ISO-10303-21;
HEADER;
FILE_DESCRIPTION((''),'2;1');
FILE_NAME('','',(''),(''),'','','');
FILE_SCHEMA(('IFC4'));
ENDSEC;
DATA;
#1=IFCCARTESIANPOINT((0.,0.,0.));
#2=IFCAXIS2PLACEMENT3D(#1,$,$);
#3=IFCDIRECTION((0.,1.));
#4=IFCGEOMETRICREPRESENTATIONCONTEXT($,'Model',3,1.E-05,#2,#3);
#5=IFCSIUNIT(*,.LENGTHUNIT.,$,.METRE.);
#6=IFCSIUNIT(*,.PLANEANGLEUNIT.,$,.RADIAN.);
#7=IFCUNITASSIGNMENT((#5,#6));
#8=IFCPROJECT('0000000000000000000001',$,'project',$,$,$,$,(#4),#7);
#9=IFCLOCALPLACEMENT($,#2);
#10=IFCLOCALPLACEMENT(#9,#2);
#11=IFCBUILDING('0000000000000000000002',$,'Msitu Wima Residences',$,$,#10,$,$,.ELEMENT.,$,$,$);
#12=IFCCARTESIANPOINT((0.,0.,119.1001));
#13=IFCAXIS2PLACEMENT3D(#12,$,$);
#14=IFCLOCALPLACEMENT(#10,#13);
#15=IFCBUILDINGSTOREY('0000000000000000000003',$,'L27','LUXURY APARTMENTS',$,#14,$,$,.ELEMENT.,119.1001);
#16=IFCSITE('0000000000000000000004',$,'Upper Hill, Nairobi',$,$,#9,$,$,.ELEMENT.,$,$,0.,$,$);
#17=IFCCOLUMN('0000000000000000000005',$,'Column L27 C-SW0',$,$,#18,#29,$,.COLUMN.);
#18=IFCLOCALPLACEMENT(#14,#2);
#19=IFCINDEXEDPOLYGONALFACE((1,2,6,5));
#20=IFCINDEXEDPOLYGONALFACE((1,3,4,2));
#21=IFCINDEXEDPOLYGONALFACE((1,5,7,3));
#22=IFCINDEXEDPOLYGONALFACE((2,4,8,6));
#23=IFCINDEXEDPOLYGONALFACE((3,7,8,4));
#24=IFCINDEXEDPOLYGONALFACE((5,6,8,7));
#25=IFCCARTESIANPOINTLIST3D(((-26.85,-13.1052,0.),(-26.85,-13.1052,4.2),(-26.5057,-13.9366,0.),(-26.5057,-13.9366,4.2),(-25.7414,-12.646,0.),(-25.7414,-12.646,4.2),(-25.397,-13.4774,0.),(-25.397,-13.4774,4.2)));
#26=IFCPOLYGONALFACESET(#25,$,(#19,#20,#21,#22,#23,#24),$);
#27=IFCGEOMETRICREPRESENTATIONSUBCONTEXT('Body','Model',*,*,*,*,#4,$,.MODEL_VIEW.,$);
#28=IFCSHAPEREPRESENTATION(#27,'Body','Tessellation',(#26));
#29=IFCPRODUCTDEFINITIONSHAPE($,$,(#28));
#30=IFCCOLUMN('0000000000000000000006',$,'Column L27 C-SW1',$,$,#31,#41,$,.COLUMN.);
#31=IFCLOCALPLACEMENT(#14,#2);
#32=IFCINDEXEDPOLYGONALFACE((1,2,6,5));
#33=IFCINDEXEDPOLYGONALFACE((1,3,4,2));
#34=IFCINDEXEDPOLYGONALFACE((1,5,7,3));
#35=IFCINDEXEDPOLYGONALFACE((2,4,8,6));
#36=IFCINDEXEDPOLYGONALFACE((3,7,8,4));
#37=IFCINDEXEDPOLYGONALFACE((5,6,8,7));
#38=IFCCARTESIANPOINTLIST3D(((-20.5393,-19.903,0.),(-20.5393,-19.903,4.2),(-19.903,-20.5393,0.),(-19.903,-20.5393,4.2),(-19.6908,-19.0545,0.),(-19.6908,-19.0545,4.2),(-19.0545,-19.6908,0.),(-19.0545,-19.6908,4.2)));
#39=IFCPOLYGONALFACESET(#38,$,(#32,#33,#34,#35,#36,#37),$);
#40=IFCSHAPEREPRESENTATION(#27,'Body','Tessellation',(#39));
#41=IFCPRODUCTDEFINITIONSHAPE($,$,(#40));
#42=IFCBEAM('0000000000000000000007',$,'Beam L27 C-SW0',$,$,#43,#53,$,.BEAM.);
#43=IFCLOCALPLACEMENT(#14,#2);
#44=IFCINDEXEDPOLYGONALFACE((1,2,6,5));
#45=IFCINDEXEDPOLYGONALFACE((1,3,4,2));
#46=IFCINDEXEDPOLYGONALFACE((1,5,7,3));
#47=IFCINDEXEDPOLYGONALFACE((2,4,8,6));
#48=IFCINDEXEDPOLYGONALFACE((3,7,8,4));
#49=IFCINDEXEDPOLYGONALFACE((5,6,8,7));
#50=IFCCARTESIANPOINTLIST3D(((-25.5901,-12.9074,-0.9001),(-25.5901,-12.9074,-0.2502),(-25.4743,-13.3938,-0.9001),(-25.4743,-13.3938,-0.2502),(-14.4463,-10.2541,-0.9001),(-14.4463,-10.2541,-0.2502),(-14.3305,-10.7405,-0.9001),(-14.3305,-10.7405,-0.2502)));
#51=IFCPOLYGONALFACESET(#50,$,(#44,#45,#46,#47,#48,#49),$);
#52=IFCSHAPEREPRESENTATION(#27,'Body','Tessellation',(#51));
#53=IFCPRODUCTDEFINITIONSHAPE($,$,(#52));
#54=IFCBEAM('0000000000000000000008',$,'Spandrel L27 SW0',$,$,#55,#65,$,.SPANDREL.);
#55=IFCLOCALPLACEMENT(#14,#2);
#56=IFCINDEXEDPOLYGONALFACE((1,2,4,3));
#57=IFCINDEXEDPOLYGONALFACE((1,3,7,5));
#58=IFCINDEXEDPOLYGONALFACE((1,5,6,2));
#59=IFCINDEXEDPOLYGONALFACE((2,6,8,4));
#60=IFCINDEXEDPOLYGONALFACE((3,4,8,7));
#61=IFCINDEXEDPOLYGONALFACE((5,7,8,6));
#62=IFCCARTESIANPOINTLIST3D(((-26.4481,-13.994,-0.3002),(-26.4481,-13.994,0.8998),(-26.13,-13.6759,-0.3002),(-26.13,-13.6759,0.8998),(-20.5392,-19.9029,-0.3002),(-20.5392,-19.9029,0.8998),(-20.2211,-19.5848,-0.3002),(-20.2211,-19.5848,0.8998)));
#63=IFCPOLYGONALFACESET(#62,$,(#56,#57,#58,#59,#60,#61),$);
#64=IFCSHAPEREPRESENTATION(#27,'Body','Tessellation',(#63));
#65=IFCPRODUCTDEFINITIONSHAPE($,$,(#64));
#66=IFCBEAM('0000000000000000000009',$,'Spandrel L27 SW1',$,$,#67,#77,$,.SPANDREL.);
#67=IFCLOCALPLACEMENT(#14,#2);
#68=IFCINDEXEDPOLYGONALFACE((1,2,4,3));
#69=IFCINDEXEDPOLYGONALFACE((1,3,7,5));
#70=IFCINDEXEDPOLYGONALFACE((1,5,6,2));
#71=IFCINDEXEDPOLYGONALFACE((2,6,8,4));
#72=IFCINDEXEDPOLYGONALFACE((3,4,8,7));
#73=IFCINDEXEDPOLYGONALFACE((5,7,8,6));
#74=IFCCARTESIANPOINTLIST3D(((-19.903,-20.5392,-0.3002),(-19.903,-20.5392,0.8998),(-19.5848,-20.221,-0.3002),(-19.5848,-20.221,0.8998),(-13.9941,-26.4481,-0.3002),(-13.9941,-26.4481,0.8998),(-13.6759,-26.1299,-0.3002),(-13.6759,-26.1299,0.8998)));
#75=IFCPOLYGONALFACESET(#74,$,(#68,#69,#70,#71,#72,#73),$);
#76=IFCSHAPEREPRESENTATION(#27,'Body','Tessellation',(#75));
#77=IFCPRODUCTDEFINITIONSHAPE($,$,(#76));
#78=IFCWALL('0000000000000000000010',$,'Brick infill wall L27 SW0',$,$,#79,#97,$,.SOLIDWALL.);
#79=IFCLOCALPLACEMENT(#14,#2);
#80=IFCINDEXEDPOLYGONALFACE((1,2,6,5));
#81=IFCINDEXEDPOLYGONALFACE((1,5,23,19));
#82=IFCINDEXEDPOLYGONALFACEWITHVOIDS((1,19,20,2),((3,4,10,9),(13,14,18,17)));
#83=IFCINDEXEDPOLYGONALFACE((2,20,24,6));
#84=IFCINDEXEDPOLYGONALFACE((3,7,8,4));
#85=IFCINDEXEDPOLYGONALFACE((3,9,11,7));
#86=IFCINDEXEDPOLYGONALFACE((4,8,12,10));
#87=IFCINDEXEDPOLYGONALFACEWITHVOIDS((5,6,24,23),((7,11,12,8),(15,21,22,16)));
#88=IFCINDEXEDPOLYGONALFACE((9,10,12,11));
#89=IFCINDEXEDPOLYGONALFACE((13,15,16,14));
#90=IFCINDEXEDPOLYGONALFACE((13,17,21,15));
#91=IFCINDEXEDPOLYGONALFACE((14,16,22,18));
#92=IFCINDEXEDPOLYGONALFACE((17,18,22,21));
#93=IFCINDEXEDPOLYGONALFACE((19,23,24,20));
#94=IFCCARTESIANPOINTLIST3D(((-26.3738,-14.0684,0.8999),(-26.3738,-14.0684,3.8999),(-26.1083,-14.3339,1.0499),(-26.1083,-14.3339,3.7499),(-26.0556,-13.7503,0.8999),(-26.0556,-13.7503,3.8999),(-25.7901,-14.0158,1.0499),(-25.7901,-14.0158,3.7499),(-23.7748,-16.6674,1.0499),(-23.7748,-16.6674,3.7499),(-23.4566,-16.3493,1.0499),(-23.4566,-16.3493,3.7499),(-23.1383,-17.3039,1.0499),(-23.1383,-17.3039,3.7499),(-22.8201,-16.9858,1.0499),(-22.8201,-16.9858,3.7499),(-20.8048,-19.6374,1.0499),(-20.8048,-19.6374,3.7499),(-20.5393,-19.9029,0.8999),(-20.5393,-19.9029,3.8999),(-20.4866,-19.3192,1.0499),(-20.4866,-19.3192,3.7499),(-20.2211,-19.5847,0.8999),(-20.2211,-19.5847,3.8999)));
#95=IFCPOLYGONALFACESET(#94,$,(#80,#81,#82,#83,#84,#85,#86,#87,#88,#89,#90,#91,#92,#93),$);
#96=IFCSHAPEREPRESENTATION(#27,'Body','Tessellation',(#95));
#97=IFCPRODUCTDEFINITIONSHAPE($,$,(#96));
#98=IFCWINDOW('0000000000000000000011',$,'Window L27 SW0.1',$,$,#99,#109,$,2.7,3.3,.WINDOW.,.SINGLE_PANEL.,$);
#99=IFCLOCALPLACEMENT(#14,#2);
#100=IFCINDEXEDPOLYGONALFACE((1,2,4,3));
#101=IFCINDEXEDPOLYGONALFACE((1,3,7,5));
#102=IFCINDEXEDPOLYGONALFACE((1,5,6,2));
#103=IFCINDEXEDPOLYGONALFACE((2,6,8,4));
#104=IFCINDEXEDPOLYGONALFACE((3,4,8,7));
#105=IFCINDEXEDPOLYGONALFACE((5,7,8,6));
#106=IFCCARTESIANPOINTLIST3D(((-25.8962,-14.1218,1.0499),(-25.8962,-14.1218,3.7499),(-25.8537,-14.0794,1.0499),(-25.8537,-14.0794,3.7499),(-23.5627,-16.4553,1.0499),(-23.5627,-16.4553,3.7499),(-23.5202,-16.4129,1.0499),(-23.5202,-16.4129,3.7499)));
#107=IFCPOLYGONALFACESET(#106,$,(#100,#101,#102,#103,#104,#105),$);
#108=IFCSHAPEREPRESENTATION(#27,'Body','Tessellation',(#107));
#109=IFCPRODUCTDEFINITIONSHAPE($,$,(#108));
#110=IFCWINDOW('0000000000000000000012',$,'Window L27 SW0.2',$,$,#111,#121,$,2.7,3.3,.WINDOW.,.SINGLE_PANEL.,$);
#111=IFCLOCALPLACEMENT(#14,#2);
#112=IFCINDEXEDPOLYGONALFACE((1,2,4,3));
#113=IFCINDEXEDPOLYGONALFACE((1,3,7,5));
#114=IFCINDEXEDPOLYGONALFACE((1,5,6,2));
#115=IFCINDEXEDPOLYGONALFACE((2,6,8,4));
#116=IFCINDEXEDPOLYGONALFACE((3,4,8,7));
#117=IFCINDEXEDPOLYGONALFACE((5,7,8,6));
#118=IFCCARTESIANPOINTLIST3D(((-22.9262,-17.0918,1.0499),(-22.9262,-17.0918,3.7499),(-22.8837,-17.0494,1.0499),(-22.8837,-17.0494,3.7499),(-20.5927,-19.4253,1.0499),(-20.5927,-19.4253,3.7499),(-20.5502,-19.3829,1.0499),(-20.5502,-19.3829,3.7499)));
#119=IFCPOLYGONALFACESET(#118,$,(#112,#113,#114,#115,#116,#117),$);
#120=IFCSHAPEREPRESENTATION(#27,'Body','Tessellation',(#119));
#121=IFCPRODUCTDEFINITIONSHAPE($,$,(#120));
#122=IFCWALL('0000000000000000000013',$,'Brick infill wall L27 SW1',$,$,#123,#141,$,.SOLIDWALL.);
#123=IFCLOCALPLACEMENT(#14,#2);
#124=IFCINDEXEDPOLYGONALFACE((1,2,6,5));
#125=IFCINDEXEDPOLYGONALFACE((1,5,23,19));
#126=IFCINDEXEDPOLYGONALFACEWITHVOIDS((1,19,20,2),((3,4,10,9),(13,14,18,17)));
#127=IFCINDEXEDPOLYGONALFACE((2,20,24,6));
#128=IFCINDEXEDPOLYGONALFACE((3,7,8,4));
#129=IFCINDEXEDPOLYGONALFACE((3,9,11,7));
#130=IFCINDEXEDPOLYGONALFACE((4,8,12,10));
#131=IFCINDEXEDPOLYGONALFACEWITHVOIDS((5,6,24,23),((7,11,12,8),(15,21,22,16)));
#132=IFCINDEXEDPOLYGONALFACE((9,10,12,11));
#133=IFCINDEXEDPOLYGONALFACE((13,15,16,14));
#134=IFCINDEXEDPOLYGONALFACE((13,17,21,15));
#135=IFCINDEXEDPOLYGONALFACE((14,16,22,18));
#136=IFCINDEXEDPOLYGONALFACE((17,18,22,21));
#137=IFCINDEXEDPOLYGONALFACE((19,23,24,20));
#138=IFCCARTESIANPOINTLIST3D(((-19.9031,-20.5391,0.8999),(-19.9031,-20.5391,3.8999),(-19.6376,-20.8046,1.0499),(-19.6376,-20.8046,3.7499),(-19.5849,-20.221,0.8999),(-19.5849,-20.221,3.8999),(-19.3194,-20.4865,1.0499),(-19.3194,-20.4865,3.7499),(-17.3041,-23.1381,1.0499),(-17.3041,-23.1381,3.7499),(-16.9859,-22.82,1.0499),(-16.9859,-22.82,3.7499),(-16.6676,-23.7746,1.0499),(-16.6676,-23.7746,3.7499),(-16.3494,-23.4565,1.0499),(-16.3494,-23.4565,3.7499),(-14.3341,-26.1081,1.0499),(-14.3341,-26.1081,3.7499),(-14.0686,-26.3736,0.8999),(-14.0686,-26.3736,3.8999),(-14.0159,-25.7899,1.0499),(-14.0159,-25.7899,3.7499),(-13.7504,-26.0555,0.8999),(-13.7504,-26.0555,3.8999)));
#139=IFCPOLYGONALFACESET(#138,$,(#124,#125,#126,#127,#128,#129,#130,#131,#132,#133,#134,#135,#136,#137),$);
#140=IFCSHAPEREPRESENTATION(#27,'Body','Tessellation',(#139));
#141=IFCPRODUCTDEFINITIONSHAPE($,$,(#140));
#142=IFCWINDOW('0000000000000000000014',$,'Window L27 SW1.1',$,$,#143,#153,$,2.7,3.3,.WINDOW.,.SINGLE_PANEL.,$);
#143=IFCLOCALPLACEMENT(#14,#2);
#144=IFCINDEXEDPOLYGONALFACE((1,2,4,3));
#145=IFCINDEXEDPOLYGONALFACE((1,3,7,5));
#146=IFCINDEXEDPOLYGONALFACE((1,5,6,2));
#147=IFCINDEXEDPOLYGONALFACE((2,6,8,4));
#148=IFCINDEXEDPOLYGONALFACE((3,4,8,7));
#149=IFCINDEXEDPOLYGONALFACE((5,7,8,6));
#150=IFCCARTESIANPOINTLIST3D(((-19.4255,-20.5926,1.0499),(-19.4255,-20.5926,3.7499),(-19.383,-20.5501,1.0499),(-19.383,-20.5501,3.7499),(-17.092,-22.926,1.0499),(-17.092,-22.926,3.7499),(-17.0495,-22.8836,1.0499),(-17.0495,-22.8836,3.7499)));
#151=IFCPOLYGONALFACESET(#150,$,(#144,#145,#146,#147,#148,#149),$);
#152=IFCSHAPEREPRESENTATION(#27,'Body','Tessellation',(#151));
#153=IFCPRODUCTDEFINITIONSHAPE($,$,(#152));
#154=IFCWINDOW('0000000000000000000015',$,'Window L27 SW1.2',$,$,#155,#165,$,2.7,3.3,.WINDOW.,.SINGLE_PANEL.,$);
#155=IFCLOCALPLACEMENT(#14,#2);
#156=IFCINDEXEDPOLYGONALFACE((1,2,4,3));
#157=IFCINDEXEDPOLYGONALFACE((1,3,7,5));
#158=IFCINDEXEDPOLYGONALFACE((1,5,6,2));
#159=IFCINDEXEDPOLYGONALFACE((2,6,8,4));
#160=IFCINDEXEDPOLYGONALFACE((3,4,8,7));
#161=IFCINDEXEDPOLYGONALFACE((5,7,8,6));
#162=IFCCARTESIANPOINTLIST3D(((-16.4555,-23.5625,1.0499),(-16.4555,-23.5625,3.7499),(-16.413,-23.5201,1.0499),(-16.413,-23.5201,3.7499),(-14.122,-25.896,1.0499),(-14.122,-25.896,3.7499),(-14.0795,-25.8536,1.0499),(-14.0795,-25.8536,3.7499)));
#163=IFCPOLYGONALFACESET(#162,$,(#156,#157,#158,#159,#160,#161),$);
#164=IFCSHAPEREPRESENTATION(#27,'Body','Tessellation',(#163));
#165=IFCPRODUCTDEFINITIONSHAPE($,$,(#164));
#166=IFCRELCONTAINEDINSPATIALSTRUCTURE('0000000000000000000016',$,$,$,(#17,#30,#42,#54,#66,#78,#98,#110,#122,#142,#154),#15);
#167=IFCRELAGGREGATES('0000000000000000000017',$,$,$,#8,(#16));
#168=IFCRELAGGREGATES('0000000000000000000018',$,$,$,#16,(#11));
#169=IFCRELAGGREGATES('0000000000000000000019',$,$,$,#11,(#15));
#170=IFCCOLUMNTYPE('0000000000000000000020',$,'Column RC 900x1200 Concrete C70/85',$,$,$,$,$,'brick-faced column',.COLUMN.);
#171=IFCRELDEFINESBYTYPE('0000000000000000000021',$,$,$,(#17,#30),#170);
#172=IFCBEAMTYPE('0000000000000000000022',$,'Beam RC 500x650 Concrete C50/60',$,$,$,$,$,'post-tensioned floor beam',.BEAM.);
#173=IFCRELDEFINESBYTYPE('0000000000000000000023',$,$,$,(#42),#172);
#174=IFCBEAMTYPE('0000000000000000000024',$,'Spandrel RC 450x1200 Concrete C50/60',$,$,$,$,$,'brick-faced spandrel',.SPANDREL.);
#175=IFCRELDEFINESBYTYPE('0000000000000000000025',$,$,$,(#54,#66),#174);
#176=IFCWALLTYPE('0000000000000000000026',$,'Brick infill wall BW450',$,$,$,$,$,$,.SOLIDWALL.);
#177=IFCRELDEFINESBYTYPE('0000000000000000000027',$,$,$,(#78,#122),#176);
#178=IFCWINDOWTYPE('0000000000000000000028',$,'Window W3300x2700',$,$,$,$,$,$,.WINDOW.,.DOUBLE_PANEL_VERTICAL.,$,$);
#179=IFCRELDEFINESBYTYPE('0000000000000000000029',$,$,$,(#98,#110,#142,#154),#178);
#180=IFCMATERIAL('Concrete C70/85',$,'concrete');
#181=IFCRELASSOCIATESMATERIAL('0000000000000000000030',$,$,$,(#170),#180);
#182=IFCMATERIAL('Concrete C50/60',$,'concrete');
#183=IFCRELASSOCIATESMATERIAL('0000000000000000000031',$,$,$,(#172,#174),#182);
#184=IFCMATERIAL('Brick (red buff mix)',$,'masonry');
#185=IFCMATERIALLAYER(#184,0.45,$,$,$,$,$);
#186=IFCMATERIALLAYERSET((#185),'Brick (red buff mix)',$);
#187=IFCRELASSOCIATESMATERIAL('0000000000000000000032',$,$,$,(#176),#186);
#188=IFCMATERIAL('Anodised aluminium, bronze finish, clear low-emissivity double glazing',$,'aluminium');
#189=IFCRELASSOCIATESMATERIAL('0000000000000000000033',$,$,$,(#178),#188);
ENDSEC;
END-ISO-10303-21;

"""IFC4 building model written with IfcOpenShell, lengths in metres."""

from ifc_helpers import new_model, si_unit, direction, frame, frame_2d, origin, origin_2d, place, context, subcontext, project, spatial, rectangle, extrude, material, layer, layer_set, material_profile, profile_set, type_object, element, fill, save


model = new_model("IFC4")

# Units and contexts
model_context = context("Model", 3, precision=1e-05, world=origin(), true_north=direction((0.0, 1.0)))
body_context = subcontext(model_context, "Body", "Model", "MODEL_VIEW")
ifc_project = project(units=[si_unit("LENGTHUNIT", "METRE"), si_unit("PLANEANGLEUNIT", "RADIAN")], contexts=[model_context])

# Site, building, storey
site_placement = place(None, origin())
site = spatial("IfcSite", under=ifc_project, at=site_placement, Name="Upper Hill, Nairobi", CompositionType="ELEMENT", RefElevation=0.0)
building_placement = place(site_placement, origin())
building = spatial("IfcBuilding", under=site, at=building_placement, Name="Msitu Wima Residences", CompositionType="ELEMENT")
storey_placement = place(building_placement, frame((0.0, 0.0, 119.1001)))
storey = spatial("IfcBuildingStorey", under=building, at=storey_placement, Name="L27", Description="LUXURY APARTMENTS", CompositionType="ELEMENT", Elevation=119.1001)

# Columns
ifc_material_1 = material(Name="Concrete C70/85", Category="concrete")
ifc_material_profile_1 = material_profile(ifc_material_1, rectangle(XDim=0.8999, YDim=1.2, at=origin_2d()), Name="RC 900x1200")
ifc_profile_set_1 = profile_set([ifc_material_profile_1], Name="Concrete C70/85")
column_type = type_object("IfcColumnType", Name="Column RC 900x1200 Concrete C70/85", ElementType="brick-faced column", PredefinedType="COLUMN", material=ifc_profile_set_1)
for number, where, z_axis, x_axis, name in (
    (1, (-26.1235, -13.2913, 0.0), (0.0, 0.0, 1.0), (0.382683, -0.92388, 0.0), "Column L27 C-SW0"),
    (2, (-19.7969, -19.7969, 0.0), (0.0, 0.0, 1.0), (0.707107, -0.707107, 0.0), "Column L27 C-SW1"),
):
    element("IfcColumn", number, at=place(storey_placement, frame(where, z_axis=z_axis, x_axis=x_axis)), inside=storey, type_object=column_type, Name=name, PredefinedType="COLUMN", context=body_context, shape_type="SweptSolid", body=[
        extrude(rectangle(XDim=0.8999, YDim=1.2, at=origin_2d()), origin(), (0.0, 0.0, 1.0), 4.2),
    ])

# Beams
ifc_material_2 = material(Name="Concrete C50/60", Category="concrete")
ifc_material_profile_2 = material_profile(ifc_material_2, rectangle(XDim=0.5, YDim=0.6499, at=origin_2d()), Name="RC 500x650")
ifc_profile_set_2 = profile_set([ifc_material_profile_2], Name="Concrete C50/60")
beam_type_1 = type_object("IfcBeamType", Name="Beam RC 500x650 Concrete C50/60", ElementType="post-tensioned floor beam", PredefinedType="BEAM", material=ifc_profile_set_2)
beam_placement = place(storey_placement, frame((-25.5322, -13.1506, -0.5752), z_axis=(0.972806, 0.231623, 0.0), x_axis=(-0.231623, 0.972806, 0.0)))
element("IfcBeam", 3, at=beam_placement, inside=storey, type_object=beam_type_1, Name="Beam L27 C-SW0", PredefinedType="BEAM", context=body_context, shape_type="SweptSolid", body=[
    extrude(rectangle(XDim=0.5, YDim=0.6499, at=origin_2d()), origin(), (0.0, 0.0, 1.0), 11.4553),
])
ifc_material_profile_3 = material_profile(ifc_material_2, rectangle(XDim=0.45, YDim=1.2, at=origin_2d()), Name="RC 450x1200")
ifc_profile_set_3 = profile_set([ifc_material_profile_3], Name="Concrete C50/60")
beam_type_2 = type_object("IfcBeamType", Name="Spandrel RC 450x1200 Concrete C50/60", ElementType="brick-faced spandrel", PredefinedType="SPANDREL", material=ifc_profile_set_3)
for number, where, z_axis, x_axis, name in (
    (4, (-26.2891, -13.835, 0.2998), (0.707107, -0.707107, 0.0), (0.707107, 0.707107, 0.0), "Spandrel L27 SW0"),
    (5, (-19.7439, -20.3801, 0.2998), (0.707107, -0.707107, 0.0), (0.707107, 0.707107, 0.0), "Spandrel L27 SW1"),
):
    element("IfcBeam", number, at=place(storey_placement, frame(where, z_axis=z_axis, x_axis=x_axis)), inside=storey, type_object=beam_type_2, Name=name, PredefinedType="SPANDREL", context=body_context, shape_type="SweptSolid", body=[
        extrude(rectangle(XDim=0.45, YDim=1.2, at=origin_2d()), origin(), (0.0, 0.0, 1.0), 8.3564),
    ])

# Walls, openings, windows
ifc_material_3 = material(Name="Brick (red buff mix)", Category="masonry")
ifc_layer_1 = layer(ifc_material_3, 0.45)
ifc_layer_set_1 = layer_set([ifc_layer_1], Name="Brick (red buff mix)")
wall_type_1 = type_object("IfcWallType", Name="Brick infill wall BW450", PredefinedType="SOLIDWALL", material=ifc_layer_set_1)
wall_1_placement = place(storey_placement, frame((-26.2146, -13.9094, 0.8999), z_axis=(0.0, 0.0, 1.0), x_axis=(0.707107, -0.707107, 0.0)))
wall_1 = element("IfcWall", 6, at=wall_1_placement, inside=storey, type_object=wall_type_1, Name="Brick infill wall L27 SW0", PredefinedType="SOLIDWALL", context=body_context, shape_type="SweptSolid", body=[
    extrude(rectangle(XDim=8.2512, YDim=0.45, at=frame_2d((4.1255, 0.0))), origin(), (0.0, 0.0, 1.0), 3.0),
])
opening_1_placement = place(wall_1_placement, frame((0.3755, 0.0, 0.1499)))
opening_1 = element("IfcOpeningElement", 7, at=opening_1_placement, cuts=wall_1, PredefinedType="OPENING", context=body_context, shape_type="SweptSolid", body=[
    extrude(rectangle(XDim=3.3, YDim=2.7, at=frame_2d((1.6499, 1.3501))), frame((0.0, 0.2349, 0.0), z_axis=(0.0, -1.0, 0.0), x_axis=(1.0, 0.0, 0.0)), (0.0, 0.0, 1.0), 0.47),
])
opening_2_placement = place(wall_1_placement, frame((4.5757, 0.0, 0.1499)))
opening_2 = element("IfcOpeningElement", 8, at=opening_2_placement, cuts=wall_1, PredefinedType="OPENING", context=body_context, shape_type="SweptSolid", body=[
    extrude(rectangle(XDim=3.3, YDim=2.7, at=frame_2d((1.6499, 1.3501))), frame((0.0, 0.2349, 0.0), z_axis=(0.0, -1.0, 0.0), x_axis=(1.0, 0.0, 0.0)), (0.0, 0.0, 1.0), 0.47),
])
ifc_material_4 = material(Name="Anodised aluminium, bronze finish, clear low-emissivity double glazing", Category="aluminium")
window_type = type_object("IfcWindowType", Name="Window W3300x2700", PartitioningType="DOUBLE_PANEL_VERTICAL", PredefinedType="WINDOW", material=ifc_material_4)
window_1_placement = place(opening_1_placement, origin())
window_1 = element("IfcWindow", 9, at=window_1_placement, inside=storey, type_object=window_type, Name="Window L27 SW0.1", OverallHeight=2.7, OverallWidth=3.3, PartitioningType="SINGLE_PANEL", PredefinedType="WINDOW", context=body_context, shape_type="SweptSolid", body=[
    extrude(rectangle(XDim=3.3, YDim=2.7, at=frame_2d((1.6499, 1.3501))), frame((0.0, 0.135, 0.0), z_axis=(0.0, -1.0, 0.0), x_axis=(1.0, 0.0, 0.0)), (0.0, 0.0, 1.0), 0.0601),
])
fill(opening_1, window_1)
window_2_placement = place(opening_2_placement, origin())
window_2 = element("IfcWindow", 10, at=window_2_placement, inside=storey, type_object=window_type, Name="Window L27 SW0.2", OverallHeight=2.7, OverallWidth=3.3, PartitioningType="SINGLE_PANEL", PredefinedType="WINDOW", context=body_context, shape_type="SweptSolid", body=[
    extrude(rectangle(XDim=3.3, YDim=2.7, at=frame_2d((1.6499, 1.3501))), frame((0.0, 0.135, 0.0), z_axis=(0.0, -1.0, 0.0), x_axis=(1.0, 0.0, 0.0)), (0.0, 0.0, 1.0), 0.0601),
])
fill(opening_2, window_2)
wall_2_placement = place(storey_placement, frame((-19.7439, -20.3801, 0.8999), z_axis=(0.0, 0.0, 1.0), x_axis=(0.707107, -0.707107, 0.0)))
wall_2 = element("IfcWall", 11, at=wall_2_placement, inside=storey, type_object=wall_type_1, Name="Brick infill wall L27 SW1", PredefinedType="SOLIDWALL", context=body_context, shape_type="SweptSolid", body=[
    extrude(rectangle(XDim=8.2512, YDim=0.45, at=frame_2d((4.1255, 0.0))), origin(), (0.0, 0.0, 1.0), 3.0),
])
opening_3_placement = place(wall_2_placement, frame((0.3755, 0.0, 0.1499)))
opening_3 = element("IfcOpeningElement", 12, at=opening_3_placement, cuts=wall_2, PredefinedType="OPENING", context=body_context, shape_type="SweptSolid", body=[
    extrude(rectangle(XDim=3.3, YDim=2.7, at=frame_2d((1.6499, 1.3501))), frame((0.0, 0.2349, 0.0), z_axis=(0.0, -1.0, 0.0), x_axis=(1.0, 0.0, 0.0)), (0.0, 0.0, 1.0), 0.47),
])
opening_4_placement = place(wall_2_placement, frame((4.5757, 0.0, 0.1499)))
opening_4 = element("IfcOpeningElement", 13, at=opening_4_placement, cuts=wall_2, PredefinedType="OPENING", context=body_context, shape_type="SweptSolid", body=[
    extrude(rectangle(XDim=3.3, YDim=2.7, at=frame_2d((1.6499, 1.3501))), frame((0.0, 0.2349, 0.0), z_axis=(0.0, -1.0, 0.0), x_axis=(1.0, 0.0, 0.0)), (0.0, 0.0, 1.0), 0.47),
])
window_3_placement = place(opening_3_placement, origin())
window_3 = element("IfcWindow", 14, at=window_3_placement, inside=storey, type_object=window_type, Name="Window L27 SW1.1", OverallHeight=2.7, OverallWidth=3.3, PartitioningType="SINGLE_PANEL", PredefinedType="WINDOW", context=body_context, shape_type="SweptSolid", body=[
    extrude(rectangle(XDim=3.3, YDim=2.7, at=frame_2d((1.6499, 1.3501))), frame((0.0, 0.135, 0.0), z_axis=(0.0, -1.0, 0.0), x_axis=(1.0, 0.0, 0.0)), (0.0, 0.0, 1.0), 0.0601),
])
fill(opening_3, window_3)
window_4_placement = place(opening_4_placement, origin())
window_4 = element("IfcWindow", 15, at=window_4_placement, inside=storey, type_object=window_type, Name="Window L27 SW1.2", OverallHeight=2.7, OverallWidth=3.3, PartitioningType="SINGLE_PANEL", PredefinedType="WINDOW", context=body_context, shape_type="SweptSolid", body=[
    extrude(rectangle(XDim=3.3, YDim=2.7, at=frame_2d((1.6499, 1.3501))), frame((0.0, 0.135, 0.0), z_axis=(0.0, -1.0, 0.0), x_axis=(1.0, 0.0, 0.0)), (0.0, 0.0, 1.0), 0.0601),
])
fill(opening_4, window_4)

save(model, "model.ifc")
